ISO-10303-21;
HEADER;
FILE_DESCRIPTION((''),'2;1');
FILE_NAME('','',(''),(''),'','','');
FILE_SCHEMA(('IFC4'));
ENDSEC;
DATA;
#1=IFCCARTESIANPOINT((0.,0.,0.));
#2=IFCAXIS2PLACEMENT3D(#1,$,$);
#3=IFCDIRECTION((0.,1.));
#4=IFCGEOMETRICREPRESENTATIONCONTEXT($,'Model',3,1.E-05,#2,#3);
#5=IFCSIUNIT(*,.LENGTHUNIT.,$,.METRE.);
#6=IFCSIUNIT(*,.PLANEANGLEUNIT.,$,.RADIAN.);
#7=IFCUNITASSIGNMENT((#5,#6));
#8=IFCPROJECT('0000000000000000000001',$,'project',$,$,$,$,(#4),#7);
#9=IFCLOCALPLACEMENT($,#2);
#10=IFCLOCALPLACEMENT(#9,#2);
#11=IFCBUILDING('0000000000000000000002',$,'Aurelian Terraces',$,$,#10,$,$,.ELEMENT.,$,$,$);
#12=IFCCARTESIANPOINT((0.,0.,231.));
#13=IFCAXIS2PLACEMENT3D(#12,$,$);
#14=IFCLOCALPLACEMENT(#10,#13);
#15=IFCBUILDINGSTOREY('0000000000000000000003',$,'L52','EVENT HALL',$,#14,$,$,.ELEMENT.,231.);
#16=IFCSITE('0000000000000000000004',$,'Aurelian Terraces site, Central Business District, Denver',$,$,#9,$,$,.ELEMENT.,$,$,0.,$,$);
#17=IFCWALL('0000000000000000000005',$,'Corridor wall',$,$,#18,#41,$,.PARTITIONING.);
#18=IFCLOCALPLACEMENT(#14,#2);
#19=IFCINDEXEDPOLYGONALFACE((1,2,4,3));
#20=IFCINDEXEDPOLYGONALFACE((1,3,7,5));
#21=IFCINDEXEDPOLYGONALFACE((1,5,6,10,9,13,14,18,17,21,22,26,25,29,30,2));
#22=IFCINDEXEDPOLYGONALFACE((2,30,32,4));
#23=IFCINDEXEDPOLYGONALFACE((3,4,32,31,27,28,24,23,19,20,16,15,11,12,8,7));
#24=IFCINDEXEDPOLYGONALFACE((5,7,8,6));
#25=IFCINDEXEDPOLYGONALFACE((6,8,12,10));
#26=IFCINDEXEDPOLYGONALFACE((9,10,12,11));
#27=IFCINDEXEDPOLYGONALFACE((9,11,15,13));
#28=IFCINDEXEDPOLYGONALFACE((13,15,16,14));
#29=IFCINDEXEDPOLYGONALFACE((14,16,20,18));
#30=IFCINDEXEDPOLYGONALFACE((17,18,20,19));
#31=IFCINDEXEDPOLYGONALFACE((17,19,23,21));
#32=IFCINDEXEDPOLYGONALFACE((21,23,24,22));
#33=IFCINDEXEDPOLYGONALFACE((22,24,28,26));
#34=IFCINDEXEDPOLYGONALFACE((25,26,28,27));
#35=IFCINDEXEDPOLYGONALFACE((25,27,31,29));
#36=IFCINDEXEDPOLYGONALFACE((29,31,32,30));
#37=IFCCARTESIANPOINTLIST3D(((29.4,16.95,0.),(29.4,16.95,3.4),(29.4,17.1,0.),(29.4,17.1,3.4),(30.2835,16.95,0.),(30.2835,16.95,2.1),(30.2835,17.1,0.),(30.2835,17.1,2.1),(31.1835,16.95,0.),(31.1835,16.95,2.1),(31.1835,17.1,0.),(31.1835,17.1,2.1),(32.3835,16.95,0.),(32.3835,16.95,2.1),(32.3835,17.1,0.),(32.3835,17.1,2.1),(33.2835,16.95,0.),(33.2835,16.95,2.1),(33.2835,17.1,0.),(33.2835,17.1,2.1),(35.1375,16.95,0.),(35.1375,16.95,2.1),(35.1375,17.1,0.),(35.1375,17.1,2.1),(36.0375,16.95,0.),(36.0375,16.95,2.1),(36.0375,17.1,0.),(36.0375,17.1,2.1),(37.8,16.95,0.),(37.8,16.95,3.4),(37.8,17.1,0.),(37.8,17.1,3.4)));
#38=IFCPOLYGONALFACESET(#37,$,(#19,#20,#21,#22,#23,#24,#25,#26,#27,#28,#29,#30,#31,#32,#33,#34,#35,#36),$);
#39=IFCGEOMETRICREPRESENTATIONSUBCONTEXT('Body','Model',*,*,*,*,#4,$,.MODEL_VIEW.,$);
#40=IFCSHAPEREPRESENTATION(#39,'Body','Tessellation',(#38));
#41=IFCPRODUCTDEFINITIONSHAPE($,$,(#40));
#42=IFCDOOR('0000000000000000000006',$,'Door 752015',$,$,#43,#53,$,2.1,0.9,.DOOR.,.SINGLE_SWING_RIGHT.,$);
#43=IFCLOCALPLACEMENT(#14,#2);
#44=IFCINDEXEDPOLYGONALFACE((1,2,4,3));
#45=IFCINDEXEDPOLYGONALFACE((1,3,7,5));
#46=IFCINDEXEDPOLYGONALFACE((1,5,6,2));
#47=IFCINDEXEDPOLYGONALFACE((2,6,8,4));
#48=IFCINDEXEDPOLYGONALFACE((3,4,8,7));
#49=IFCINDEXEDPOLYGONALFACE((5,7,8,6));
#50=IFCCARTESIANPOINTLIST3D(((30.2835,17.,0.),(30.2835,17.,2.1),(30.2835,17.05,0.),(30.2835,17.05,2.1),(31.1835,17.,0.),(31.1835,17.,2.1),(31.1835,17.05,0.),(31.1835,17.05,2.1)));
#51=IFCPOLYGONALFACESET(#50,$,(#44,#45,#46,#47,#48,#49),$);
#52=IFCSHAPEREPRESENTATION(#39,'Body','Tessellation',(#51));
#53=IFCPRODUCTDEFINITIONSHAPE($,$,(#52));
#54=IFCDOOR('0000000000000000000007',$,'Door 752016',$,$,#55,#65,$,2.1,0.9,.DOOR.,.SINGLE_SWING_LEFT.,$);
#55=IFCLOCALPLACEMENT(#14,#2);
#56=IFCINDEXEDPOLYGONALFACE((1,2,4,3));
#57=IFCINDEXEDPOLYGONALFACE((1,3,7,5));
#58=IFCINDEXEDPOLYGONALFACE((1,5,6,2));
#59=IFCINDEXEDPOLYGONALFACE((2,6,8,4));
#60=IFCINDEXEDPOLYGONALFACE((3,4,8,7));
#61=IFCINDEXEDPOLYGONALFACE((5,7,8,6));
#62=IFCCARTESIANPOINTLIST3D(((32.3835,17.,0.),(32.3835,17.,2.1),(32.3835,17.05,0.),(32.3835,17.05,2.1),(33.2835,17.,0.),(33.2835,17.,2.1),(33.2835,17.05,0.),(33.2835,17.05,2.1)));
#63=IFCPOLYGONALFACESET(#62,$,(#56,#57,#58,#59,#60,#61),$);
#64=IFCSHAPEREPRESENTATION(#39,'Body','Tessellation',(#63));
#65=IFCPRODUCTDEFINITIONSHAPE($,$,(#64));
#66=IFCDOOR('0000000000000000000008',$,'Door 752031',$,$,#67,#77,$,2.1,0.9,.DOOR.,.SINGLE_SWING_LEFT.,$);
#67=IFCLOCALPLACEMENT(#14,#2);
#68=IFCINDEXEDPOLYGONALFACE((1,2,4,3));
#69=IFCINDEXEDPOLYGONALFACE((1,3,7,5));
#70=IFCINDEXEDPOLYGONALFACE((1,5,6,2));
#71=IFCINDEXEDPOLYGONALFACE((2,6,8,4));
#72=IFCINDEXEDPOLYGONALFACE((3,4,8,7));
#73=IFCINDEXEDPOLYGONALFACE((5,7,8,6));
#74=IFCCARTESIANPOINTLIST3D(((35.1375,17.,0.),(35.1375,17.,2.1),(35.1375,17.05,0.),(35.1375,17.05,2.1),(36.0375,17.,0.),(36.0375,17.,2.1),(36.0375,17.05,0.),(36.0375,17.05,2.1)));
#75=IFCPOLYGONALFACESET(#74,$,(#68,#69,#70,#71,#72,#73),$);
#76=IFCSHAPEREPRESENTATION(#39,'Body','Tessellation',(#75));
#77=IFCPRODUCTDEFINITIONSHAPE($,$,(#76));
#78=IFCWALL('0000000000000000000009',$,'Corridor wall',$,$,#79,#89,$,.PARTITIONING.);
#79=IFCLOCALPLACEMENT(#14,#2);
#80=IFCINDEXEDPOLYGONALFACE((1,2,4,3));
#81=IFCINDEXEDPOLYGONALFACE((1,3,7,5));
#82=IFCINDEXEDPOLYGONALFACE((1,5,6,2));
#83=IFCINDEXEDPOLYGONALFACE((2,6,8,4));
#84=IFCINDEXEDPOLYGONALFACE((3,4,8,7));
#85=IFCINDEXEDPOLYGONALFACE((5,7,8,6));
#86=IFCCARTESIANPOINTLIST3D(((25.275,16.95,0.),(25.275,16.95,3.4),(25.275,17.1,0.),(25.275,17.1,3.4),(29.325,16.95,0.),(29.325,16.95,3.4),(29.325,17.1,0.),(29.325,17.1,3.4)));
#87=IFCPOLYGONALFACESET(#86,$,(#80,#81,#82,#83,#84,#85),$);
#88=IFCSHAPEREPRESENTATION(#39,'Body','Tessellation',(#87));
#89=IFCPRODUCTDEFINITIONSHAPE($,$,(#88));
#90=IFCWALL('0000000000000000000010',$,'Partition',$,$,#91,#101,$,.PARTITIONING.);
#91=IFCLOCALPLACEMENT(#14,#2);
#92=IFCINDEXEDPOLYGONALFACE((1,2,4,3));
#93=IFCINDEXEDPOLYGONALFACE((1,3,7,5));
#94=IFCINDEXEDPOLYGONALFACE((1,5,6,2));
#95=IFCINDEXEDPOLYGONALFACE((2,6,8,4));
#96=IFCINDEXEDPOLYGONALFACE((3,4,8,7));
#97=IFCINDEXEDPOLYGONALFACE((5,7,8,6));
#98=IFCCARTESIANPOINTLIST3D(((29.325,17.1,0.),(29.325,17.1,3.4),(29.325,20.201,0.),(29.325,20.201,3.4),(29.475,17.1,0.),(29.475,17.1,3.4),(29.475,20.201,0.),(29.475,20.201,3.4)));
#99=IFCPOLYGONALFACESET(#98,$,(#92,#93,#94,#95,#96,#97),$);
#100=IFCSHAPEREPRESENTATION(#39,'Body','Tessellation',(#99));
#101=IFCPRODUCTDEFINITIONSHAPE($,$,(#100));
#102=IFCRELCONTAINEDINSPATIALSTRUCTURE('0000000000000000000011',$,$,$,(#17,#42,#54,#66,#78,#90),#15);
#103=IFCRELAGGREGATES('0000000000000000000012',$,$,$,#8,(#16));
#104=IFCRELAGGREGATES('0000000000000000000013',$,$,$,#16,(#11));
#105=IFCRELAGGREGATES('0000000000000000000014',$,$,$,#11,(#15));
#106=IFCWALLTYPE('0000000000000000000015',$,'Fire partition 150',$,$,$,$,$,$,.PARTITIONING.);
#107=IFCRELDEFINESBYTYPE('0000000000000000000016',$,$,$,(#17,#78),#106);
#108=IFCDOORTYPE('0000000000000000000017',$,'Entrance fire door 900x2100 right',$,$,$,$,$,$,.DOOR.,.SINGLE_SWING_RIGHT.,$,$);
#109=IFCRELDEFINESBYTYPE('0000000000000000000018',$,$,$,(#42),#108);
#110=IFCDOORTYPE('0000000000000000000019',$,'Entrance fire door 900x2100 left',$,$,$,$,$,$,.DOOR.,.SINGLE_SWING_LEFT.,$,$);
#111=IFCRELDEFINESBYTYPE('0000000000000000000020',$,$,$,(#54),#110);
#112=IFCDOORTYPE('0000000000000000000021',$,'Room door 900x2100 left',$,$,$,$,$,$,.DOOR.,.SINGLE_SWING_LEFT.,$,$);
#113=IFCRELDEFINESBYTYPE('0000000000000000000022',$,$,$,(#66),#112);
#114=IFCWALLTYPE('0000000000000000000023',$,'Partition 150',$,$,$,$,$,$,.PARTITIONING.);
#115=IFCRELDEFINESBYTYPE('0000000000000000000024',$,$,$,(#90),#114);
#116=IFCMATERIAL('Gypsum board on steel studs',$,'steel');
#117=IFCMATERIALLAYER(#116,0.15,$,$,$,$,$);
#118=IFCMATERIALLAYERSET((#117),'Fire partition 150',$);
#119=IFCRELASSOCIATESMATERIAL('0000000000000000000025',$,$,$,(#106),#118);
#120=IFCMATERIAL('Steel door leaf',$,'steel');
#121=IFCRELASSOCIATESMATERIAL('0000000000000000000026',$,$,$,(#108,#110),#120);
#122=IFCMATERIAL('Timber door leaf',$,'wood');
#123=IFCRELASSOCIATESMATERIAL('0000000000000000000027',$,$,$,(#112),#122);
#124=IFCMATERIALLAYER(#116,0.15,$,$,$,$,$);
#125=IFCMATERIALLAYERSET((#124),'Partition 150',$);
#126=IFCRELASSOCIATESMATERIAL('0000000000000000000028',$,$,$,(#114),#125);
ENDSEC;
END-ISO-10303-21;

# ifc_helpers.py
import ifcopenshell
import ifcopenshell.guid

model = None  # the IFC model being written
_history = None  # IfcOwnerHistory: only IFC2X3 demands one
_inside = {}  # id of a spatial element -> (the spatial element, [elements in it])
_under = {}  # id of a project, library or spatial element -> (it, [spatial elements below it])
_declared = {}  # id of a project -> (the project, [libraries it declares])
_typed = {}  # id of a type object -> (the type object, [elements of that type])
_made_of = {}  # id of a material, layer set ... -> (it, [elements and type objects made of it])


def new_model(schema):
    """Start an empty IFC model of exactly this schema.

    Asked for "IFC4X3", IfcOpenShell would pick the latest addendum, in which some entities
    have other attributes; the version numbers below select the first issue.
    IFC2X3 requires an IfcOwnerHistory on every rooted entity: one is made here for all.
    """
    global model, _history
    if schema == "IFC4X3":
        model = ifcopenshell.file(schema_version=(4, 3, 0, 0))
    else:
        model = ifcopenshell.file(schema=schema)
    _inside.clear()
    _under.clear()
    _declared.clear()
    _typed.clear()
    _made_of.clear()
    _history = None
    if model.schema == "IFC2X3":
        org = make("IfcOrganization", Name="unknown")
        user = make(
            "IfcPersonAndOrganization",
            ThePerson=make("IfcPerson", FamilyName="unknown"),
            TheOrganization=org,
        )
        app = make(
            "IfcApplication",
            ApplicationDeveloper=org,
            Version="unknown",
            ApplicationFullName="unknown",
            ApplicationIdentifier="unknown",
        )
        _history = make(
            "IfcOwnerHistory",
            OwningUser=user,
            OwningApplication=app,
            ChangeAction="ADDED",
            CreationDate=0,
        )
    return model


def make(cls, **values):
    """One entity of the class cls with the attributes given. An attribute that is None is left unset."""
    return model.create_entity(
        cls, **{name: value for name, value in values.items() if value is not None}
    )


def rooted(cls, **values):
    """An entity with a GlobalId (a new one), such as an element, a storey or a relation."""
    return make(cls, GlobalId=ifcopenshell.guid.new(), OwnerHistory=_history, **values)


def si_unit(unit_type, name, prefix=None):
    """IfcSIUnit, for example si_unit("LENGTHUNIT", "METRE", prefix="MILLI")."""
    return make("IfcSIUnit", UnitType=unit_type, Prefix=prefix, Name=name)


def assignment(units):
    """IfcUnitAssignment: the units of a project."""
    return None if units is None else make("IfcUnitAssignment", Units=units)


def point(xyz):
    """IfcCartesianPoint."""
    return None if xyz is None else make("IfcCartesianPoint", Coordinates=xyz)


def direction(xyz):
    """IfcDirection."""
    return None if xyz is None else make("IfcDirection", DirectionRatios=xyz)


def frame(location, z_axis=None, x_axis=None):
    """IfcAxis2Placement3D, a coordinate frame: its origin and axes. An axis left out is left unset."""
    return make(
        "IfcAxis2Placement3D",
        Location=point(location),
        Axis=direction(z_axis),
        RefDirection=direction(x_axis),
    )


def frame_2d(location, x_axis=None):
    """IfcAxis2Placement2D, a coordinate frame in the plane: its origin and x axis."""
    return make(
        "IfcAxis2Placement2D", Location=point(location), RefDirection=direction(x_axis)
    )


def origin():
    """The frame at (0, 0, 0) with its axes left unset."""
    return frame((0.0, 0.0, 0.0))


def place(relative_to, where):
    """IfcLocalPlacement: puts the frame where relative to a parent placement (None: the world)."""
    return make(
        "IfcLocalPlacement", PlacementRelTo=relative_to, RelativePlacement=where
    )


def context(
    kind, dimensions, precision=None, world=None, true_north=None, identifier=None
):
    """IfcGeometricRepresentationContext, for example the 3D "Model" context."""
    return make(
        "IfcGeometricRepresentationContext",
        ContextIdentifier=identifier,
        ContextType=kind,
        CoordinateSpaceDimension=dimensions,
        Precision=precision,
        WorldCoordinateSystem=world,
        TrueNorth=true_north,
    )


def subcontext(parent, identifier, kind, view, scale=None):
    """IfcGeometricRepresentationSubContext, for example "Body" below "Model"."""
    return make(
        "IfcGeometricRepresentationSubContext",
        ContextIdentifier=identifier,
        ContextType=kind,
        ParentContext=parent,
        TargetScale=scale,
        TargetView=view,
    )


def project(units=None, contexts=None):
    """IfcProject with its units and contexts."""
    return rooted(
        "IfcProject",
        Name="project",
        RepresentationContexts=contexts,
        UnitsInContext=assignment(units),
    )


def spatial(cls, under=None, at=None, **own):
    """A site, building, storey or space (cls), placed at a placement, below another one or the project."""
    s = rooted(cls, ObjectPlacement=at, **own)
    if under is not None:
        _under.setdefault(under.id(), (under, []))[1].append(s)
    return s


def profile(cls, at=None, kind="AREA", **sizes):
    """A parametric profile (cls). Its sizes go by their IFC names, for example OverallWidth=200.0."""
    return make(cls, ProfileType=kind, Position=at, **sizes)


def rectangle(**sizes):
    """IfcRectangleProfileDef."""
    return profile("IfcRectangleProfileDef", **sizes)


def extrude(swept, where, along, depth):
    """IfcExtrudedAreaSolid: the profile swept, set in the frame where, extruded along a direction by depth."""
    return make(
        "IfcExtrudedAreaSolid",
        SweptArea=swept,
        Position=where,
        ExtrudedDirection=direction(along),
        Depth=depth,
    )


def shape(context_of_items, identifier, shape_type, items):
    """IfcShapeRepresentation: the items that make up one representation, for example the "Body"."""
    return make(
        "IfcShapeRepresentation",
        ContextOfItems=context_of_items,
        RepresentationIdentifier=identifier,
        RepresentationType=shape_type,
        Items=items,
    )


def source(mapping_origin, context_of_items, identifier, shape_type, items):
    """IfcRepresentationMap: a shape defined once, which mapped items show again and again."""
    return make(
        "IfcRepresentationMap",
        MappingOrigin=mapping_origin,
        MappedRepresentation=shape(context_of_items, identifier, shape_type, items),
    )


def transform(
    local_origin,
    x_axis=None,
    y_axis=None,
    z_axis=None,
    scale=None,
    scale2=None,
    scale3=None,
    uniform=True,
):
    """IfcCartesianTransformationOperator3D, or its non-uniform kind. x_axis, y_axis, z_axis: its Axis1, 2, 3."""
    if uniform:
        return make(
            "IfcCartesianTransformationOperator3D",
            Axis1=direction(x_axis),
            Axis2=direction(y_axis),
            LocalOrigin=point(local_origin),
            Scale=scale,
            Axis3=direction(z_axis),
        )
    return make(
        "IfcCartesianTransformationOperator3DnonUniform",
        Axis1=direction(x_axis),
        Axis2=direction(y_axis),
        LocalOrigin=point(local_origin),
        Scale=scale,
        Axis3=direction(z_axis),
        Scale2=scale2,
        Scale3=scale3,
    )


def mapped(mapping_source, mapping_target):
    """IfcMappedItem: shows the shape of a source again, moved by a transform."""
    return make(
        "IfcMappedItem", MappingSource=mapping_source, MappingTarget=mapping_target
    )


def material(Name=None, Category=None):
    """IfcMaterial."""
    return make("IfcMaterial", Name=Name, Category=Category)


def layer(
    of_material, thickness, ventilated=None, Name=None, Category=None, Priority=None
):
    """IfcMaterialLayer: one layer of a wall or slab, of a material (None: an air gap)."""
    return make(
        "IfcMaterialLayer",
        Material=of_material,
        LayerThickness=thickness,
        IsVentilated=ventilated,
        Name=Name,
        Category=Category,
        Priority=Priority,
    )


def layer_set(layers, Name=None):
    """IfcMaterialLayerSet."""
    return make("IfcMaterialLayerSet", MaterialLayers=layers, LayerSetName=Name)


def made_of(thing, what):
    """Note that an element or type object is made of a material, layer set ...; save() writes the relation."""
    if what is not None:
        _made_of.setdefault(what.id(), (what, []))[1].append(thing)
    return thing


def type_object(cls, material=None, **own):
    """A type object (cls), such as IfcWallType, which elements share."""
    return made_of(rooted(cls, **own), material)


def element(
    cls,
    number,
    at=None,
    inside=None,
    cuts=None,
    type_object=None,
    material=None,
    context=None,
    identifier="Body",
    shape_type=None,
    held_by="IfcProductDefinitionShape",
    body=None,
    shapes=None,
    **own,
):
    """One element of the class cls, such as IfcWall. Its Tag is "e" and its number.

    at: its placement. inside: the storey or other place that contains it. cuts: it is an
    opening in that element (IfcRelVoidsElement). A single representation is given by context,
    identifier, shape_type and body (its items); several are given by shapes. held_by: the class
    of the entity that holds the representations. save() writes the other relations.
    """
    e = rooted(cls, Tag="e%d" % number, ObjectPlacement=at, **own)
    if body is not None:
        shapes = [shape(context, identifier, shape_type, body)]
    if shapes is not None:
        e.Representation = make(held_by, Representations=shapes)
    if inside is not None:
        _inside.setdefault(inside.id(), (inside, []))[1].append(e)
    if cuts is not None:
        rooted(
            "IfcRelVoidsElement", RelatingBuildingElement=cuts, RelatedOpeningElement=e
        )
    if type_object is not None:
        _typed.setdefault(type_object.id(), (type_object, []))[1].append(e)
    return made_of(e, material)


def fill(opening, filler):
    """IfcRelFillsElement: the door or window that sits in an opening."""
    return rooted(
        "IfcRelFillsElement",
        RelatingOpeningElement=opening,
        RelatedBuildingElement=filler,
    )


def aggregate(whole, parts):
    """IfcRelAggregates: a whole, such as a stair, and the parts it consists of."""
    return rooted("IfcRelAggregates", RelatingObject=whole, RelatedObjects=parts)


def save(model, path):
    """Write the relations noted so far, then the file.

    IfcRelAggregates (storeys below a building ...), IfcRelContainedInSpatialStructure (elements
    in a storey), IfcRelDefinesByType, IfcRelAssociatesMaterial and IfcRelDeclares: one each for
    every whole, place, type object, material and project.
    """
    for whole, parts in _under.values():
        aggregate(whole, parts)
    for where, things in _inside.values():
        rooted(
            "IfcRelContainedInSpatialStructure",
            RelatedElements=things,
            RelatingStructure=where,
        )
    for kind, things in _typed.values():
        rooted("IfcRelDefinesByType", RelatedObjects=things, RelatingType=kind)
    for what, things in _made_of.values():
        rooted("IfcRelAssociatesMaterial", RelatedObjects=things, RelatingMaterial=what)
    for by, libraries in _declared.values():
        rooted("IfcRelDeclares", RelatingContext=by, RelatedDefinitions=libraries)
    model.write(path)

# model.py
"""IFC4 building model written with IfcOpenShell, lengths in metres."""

from ifc_helpers import new_model, si_unit, direction, frame, frame_2d, origin, place, context, subcontext, project, spatial, rectangle, extrude, source, transform, mapped, material, layer, layer_set, type_object, element, fill, save


model = new_model("IFC4")

# Units and contexts
model_context = context("Model", 3, precision=1e-05, world=origin(), true_north=direction((0.0, 1.0)))
body_context = subcontext(model_context, "Body", "Model", "MODEL_VIEW")
ifc_project = project(units=[si_unit("LENGTHUNIT", "METRE"), si_unit("PLANEANGLEUNIT", "RADIAN")], contexts=[model_context])

# Site, building, storey
site_placement = place(None, origin())
site = spatial("IfcSite", under=ifc_project, at=site_placement, Name="Aurelian Terraces site, Central Business District, Denver", CompositionType="ELEMENT", RefElevation=0.0)
building_placement = place(site_placement, origin())
building = spatial("IfcBuilding", under=site, at=building_placement, Name="Aurelian Terraces", CompositionType="ELEMENT")
storey_placement = place(building_placement, frame((0.0, 0.0, 231.0)))
storey = spatial("IfcBuildingStorey", under=building, at=storey_placement, Name="L52", Description="EVENT HALL", CompositionType="ELEMENT", Elevation=231.0)

# Shared definitions
ifc_material_1 = material(Name="Gypsum board on steel studs", Category="steel")
ifc_layer_1 = layer(ifc_material_1, 0.15)
ifc_layer_set_1 = layer_set([ifc_layer_1], Name="Fire partition 150")
wall_type_1 = type_object("IfcWallType", Name="Fire partition 150", PredefinedType="PARTITIONING", material=ifc_layer_set_1)

# Wall, openings, doors
shared_shape_1 = source(origin(), body_context, "Body", "SweptSolid", [
    extrude(rectangle(XDim=8.4, YDim=0.15, at=frame_2d((4.2, 0.0))), origin(), (0.0, 0.0, 1.0), 3.4),
])
wall_1_placement = place(storey_placement, frame((29.4, 17.025, 0.0), z_axis=(0.0, 0.0, 1.0), x_axis=(1.0, 0.0, 0.0)))
wall_1 = element("IfcWall", 1, at=wall_1_placement, inside=storey, type_object=wall_type_1, Name="Corridor wall", PredefinedType="PARTITIONING", context=body_context, shape_type="MappedRepresentation", body=[
    mapped(shared_shape_1, transform((0.0, 0.0, 0.0), scale=1.0)),
])
shared_shape_2 = source(origin(), body_context, "Body", "SweptSolid", [
    extrude(rectangle(XDim=0.9, YDim=2.1, at=frame_2d((0.45, 1.05))), frame((0.0, 0.085, 0.0), z_axis=(0.0, -1.0, 0.0), x_axis=(1.0, 0.0, 0.0)), (0.0, 0.0, 1.0), 0.17),
])
opening_1_placement = place(wall_1_placement, frame((0.8835, 0.0, 0.0)))
opening_1 = element("IfcOpeningElement", 2, at=opening_1_placement, cuts=wall_1, PredefinedType="OPENING", context=body_context, shape_type="MappedRepresentation", body=[
    mapped(shared_shape_2, transform((0.0, 0.0, 0.0), scale=1.0)),
])
opening_2_placement = place(wall_1_placement, frame((2.9835, 0.0, 0.0)))
opening_2 = element("IfcOpeningElement", 3, at=opening_2_placement, cuts=wall_1, PredefinedType="OPENING", context=body_context, shape_type="MappedRepresentation", body=[
    mapped(shared_shape_2, transform((0.0, 0.0, 0.0), scale=1.0)),
])
opening_3_placement = place(wall_1_placement, frame((5.7375, 0.0, 0.0)))
opening_3 = element("IfcOpeningElement", 4, at=opening_3_placement, cuts=wall_1, PredefinedType="OPENING", context=body_context, shape_type="MappedRepresentation", body=[
    mapped(shared_shape_2, transform((0.0, 0.0, 0.0), scale=1.0)),
])
ifc_material_2 = material(Name="Steel door leaf", Category="steel")
door_type_1 = type_object("IfcDoorType", Name="Entrance fire door 900x2100 right", OperationType="SINGLE_SWING_RIGHT", PredefinedType="DOOR", material=ifc_material_2)
shared_shape_3 = source(origin(), body_context, "Body", "SweptSolid", [
    extrude(rectangle(XDim=0.9, YDim=2.1, at=frame_2d((0.45, 1.05))), frame((0.0, 0.025, 0.0), z_axis=(0.0, -1.0, 0.0), x_axis=(1.0, 0.0, 0.0)), (0.0, 0.0, 1.0), 0.05),
])
door_1_placement = place(opening_1_placement, origin())
door_1 = element("IfcDoor", 5, at=door_1_placement, inside=storey, type_object=door_type_1, Name="Door 752015", OperationType="SINGLE_SWING_RIGHT", OverallHeight=2.1, OverallWidth=0.9, PredefinedType="DOOR", context=body_context, shape_type="MappedRepresentation", body=[
    mapped(shared_shape_3, transform((0.0, 0.0, 0.0), scale=1.0)),
])
fill(opening_1, door_1)
door_type_2 = type_object("IfcDoorType", Name="Entrance fire door 900x2100 left", OperationType="SINGLE_SWING_LEFT", PredefinedType="DOOR", material=ifc_material_2)
door_2_placement = place(opening_2_placement, origin())
door_2 = element("IfcDoor", 6, at=door_2_placement, inside=storey, type_object=door_type_2, Name="Door 752016", OperationType="SINGLE_SWING_LEFT", OverallHeight=2.1, OverallWidth=0.9, PredefinedType="DOOR", context=body_context, shape_type="MappedRepresentation", body=[
    mapped(shared_shape_3, transform((0.0, 0.0, 0.0), scale=1.0)),
])
fill(opening_2, door_2)
ifc_material_3 = material(Name="Timber door leaf", Category="wood")
door_type_3 = type_object("IfcDoorType", Name="Room door 900x2100 left", OperationType="SINGLE_SWING_LEFT", PredefinedType="DOOR", material=ifc_material_3)
door_3_placement = place(opening_3_placement, origin())
door_3 = element("IfcDoor", 7, at=door_3_placement, inside=storey, type_object=door_type_3, Name="Door 752031", OperationType="SINGLE_SWING_LEFT", OverallHeight=2.1, OverallWidth=0.9, PredefinedType="DOOR", context=body_context, shape_type="MappedRepresentation", body=[
    mapped(shared_shape_3, transform((0.0, 0.0, 0.0), scale=1.0)),
])
fill(opening_3, door_3)

# Walls
shared_shape_4 = source(origin(), body_context, "Body", "SweptSolid", [
    extrude(rectangle(XDim=4.05, YDim=0.15, at=frame_2d((2.025, 0.0))), origin(), (0.0, 0.0, 1.0), 3.4),
])
wall_2_placement = place(storey_placement, frame((25.275, 17.025, 0.0), z_axis=(0.0, 0.0, 1.0), x_axis=(1.0, 0.0, 0.0)))
element("IfcWall", 8, at=wall_2_placement, inside=storey, type_object=wall_type_1, Name="Corridor wall", PredefinedType="PARTITIONING", context=body_context, shape_type="MappedRepresentation", body=[
    mapped(shared_shape_4, transform((0.0, 0.0, 0.0), scale=1.0)),
])
ifc_layer_2 = layer(ifc_material_1, 0.15)
ifc_layer_set_2 = layer_set([ifc_layer_2], Name="Partition 150")
wall_type_2 = type_object("IfcWallType", Name="Partition 150", PredefinedType="PARTITIONING", material=ifc_layer_set_2)
shared_shape_5 = source(origin(), body_context, "Body", "SweptSolid", [
    extrude(rectangle(XDim=3.101, YDim=0.15, at=frame_2d((1.5505, 0.0))), origin(), (0.0, 0.0, 1.0), 3.4),
])
wall_3_placement = place(storey_placement, frame((29.4, 17.1, 0.0), z_axis=(0.0, 0.0, 1.0), x_axis=(0.0, 1.0, 0.0)))
element("IfcWall", 9, at=wall_3_placement, inside=storey, type_object=wall_type_2, Name="Partition", PredefinedType="PARTITIONING", context=body_context, shape_type="MappedRepresentation", body=[
    mapped(shared_shape_5, transform((0.0, 0.0, 0.0), scale=1.0)),
])

save(model, "model.ifc")
